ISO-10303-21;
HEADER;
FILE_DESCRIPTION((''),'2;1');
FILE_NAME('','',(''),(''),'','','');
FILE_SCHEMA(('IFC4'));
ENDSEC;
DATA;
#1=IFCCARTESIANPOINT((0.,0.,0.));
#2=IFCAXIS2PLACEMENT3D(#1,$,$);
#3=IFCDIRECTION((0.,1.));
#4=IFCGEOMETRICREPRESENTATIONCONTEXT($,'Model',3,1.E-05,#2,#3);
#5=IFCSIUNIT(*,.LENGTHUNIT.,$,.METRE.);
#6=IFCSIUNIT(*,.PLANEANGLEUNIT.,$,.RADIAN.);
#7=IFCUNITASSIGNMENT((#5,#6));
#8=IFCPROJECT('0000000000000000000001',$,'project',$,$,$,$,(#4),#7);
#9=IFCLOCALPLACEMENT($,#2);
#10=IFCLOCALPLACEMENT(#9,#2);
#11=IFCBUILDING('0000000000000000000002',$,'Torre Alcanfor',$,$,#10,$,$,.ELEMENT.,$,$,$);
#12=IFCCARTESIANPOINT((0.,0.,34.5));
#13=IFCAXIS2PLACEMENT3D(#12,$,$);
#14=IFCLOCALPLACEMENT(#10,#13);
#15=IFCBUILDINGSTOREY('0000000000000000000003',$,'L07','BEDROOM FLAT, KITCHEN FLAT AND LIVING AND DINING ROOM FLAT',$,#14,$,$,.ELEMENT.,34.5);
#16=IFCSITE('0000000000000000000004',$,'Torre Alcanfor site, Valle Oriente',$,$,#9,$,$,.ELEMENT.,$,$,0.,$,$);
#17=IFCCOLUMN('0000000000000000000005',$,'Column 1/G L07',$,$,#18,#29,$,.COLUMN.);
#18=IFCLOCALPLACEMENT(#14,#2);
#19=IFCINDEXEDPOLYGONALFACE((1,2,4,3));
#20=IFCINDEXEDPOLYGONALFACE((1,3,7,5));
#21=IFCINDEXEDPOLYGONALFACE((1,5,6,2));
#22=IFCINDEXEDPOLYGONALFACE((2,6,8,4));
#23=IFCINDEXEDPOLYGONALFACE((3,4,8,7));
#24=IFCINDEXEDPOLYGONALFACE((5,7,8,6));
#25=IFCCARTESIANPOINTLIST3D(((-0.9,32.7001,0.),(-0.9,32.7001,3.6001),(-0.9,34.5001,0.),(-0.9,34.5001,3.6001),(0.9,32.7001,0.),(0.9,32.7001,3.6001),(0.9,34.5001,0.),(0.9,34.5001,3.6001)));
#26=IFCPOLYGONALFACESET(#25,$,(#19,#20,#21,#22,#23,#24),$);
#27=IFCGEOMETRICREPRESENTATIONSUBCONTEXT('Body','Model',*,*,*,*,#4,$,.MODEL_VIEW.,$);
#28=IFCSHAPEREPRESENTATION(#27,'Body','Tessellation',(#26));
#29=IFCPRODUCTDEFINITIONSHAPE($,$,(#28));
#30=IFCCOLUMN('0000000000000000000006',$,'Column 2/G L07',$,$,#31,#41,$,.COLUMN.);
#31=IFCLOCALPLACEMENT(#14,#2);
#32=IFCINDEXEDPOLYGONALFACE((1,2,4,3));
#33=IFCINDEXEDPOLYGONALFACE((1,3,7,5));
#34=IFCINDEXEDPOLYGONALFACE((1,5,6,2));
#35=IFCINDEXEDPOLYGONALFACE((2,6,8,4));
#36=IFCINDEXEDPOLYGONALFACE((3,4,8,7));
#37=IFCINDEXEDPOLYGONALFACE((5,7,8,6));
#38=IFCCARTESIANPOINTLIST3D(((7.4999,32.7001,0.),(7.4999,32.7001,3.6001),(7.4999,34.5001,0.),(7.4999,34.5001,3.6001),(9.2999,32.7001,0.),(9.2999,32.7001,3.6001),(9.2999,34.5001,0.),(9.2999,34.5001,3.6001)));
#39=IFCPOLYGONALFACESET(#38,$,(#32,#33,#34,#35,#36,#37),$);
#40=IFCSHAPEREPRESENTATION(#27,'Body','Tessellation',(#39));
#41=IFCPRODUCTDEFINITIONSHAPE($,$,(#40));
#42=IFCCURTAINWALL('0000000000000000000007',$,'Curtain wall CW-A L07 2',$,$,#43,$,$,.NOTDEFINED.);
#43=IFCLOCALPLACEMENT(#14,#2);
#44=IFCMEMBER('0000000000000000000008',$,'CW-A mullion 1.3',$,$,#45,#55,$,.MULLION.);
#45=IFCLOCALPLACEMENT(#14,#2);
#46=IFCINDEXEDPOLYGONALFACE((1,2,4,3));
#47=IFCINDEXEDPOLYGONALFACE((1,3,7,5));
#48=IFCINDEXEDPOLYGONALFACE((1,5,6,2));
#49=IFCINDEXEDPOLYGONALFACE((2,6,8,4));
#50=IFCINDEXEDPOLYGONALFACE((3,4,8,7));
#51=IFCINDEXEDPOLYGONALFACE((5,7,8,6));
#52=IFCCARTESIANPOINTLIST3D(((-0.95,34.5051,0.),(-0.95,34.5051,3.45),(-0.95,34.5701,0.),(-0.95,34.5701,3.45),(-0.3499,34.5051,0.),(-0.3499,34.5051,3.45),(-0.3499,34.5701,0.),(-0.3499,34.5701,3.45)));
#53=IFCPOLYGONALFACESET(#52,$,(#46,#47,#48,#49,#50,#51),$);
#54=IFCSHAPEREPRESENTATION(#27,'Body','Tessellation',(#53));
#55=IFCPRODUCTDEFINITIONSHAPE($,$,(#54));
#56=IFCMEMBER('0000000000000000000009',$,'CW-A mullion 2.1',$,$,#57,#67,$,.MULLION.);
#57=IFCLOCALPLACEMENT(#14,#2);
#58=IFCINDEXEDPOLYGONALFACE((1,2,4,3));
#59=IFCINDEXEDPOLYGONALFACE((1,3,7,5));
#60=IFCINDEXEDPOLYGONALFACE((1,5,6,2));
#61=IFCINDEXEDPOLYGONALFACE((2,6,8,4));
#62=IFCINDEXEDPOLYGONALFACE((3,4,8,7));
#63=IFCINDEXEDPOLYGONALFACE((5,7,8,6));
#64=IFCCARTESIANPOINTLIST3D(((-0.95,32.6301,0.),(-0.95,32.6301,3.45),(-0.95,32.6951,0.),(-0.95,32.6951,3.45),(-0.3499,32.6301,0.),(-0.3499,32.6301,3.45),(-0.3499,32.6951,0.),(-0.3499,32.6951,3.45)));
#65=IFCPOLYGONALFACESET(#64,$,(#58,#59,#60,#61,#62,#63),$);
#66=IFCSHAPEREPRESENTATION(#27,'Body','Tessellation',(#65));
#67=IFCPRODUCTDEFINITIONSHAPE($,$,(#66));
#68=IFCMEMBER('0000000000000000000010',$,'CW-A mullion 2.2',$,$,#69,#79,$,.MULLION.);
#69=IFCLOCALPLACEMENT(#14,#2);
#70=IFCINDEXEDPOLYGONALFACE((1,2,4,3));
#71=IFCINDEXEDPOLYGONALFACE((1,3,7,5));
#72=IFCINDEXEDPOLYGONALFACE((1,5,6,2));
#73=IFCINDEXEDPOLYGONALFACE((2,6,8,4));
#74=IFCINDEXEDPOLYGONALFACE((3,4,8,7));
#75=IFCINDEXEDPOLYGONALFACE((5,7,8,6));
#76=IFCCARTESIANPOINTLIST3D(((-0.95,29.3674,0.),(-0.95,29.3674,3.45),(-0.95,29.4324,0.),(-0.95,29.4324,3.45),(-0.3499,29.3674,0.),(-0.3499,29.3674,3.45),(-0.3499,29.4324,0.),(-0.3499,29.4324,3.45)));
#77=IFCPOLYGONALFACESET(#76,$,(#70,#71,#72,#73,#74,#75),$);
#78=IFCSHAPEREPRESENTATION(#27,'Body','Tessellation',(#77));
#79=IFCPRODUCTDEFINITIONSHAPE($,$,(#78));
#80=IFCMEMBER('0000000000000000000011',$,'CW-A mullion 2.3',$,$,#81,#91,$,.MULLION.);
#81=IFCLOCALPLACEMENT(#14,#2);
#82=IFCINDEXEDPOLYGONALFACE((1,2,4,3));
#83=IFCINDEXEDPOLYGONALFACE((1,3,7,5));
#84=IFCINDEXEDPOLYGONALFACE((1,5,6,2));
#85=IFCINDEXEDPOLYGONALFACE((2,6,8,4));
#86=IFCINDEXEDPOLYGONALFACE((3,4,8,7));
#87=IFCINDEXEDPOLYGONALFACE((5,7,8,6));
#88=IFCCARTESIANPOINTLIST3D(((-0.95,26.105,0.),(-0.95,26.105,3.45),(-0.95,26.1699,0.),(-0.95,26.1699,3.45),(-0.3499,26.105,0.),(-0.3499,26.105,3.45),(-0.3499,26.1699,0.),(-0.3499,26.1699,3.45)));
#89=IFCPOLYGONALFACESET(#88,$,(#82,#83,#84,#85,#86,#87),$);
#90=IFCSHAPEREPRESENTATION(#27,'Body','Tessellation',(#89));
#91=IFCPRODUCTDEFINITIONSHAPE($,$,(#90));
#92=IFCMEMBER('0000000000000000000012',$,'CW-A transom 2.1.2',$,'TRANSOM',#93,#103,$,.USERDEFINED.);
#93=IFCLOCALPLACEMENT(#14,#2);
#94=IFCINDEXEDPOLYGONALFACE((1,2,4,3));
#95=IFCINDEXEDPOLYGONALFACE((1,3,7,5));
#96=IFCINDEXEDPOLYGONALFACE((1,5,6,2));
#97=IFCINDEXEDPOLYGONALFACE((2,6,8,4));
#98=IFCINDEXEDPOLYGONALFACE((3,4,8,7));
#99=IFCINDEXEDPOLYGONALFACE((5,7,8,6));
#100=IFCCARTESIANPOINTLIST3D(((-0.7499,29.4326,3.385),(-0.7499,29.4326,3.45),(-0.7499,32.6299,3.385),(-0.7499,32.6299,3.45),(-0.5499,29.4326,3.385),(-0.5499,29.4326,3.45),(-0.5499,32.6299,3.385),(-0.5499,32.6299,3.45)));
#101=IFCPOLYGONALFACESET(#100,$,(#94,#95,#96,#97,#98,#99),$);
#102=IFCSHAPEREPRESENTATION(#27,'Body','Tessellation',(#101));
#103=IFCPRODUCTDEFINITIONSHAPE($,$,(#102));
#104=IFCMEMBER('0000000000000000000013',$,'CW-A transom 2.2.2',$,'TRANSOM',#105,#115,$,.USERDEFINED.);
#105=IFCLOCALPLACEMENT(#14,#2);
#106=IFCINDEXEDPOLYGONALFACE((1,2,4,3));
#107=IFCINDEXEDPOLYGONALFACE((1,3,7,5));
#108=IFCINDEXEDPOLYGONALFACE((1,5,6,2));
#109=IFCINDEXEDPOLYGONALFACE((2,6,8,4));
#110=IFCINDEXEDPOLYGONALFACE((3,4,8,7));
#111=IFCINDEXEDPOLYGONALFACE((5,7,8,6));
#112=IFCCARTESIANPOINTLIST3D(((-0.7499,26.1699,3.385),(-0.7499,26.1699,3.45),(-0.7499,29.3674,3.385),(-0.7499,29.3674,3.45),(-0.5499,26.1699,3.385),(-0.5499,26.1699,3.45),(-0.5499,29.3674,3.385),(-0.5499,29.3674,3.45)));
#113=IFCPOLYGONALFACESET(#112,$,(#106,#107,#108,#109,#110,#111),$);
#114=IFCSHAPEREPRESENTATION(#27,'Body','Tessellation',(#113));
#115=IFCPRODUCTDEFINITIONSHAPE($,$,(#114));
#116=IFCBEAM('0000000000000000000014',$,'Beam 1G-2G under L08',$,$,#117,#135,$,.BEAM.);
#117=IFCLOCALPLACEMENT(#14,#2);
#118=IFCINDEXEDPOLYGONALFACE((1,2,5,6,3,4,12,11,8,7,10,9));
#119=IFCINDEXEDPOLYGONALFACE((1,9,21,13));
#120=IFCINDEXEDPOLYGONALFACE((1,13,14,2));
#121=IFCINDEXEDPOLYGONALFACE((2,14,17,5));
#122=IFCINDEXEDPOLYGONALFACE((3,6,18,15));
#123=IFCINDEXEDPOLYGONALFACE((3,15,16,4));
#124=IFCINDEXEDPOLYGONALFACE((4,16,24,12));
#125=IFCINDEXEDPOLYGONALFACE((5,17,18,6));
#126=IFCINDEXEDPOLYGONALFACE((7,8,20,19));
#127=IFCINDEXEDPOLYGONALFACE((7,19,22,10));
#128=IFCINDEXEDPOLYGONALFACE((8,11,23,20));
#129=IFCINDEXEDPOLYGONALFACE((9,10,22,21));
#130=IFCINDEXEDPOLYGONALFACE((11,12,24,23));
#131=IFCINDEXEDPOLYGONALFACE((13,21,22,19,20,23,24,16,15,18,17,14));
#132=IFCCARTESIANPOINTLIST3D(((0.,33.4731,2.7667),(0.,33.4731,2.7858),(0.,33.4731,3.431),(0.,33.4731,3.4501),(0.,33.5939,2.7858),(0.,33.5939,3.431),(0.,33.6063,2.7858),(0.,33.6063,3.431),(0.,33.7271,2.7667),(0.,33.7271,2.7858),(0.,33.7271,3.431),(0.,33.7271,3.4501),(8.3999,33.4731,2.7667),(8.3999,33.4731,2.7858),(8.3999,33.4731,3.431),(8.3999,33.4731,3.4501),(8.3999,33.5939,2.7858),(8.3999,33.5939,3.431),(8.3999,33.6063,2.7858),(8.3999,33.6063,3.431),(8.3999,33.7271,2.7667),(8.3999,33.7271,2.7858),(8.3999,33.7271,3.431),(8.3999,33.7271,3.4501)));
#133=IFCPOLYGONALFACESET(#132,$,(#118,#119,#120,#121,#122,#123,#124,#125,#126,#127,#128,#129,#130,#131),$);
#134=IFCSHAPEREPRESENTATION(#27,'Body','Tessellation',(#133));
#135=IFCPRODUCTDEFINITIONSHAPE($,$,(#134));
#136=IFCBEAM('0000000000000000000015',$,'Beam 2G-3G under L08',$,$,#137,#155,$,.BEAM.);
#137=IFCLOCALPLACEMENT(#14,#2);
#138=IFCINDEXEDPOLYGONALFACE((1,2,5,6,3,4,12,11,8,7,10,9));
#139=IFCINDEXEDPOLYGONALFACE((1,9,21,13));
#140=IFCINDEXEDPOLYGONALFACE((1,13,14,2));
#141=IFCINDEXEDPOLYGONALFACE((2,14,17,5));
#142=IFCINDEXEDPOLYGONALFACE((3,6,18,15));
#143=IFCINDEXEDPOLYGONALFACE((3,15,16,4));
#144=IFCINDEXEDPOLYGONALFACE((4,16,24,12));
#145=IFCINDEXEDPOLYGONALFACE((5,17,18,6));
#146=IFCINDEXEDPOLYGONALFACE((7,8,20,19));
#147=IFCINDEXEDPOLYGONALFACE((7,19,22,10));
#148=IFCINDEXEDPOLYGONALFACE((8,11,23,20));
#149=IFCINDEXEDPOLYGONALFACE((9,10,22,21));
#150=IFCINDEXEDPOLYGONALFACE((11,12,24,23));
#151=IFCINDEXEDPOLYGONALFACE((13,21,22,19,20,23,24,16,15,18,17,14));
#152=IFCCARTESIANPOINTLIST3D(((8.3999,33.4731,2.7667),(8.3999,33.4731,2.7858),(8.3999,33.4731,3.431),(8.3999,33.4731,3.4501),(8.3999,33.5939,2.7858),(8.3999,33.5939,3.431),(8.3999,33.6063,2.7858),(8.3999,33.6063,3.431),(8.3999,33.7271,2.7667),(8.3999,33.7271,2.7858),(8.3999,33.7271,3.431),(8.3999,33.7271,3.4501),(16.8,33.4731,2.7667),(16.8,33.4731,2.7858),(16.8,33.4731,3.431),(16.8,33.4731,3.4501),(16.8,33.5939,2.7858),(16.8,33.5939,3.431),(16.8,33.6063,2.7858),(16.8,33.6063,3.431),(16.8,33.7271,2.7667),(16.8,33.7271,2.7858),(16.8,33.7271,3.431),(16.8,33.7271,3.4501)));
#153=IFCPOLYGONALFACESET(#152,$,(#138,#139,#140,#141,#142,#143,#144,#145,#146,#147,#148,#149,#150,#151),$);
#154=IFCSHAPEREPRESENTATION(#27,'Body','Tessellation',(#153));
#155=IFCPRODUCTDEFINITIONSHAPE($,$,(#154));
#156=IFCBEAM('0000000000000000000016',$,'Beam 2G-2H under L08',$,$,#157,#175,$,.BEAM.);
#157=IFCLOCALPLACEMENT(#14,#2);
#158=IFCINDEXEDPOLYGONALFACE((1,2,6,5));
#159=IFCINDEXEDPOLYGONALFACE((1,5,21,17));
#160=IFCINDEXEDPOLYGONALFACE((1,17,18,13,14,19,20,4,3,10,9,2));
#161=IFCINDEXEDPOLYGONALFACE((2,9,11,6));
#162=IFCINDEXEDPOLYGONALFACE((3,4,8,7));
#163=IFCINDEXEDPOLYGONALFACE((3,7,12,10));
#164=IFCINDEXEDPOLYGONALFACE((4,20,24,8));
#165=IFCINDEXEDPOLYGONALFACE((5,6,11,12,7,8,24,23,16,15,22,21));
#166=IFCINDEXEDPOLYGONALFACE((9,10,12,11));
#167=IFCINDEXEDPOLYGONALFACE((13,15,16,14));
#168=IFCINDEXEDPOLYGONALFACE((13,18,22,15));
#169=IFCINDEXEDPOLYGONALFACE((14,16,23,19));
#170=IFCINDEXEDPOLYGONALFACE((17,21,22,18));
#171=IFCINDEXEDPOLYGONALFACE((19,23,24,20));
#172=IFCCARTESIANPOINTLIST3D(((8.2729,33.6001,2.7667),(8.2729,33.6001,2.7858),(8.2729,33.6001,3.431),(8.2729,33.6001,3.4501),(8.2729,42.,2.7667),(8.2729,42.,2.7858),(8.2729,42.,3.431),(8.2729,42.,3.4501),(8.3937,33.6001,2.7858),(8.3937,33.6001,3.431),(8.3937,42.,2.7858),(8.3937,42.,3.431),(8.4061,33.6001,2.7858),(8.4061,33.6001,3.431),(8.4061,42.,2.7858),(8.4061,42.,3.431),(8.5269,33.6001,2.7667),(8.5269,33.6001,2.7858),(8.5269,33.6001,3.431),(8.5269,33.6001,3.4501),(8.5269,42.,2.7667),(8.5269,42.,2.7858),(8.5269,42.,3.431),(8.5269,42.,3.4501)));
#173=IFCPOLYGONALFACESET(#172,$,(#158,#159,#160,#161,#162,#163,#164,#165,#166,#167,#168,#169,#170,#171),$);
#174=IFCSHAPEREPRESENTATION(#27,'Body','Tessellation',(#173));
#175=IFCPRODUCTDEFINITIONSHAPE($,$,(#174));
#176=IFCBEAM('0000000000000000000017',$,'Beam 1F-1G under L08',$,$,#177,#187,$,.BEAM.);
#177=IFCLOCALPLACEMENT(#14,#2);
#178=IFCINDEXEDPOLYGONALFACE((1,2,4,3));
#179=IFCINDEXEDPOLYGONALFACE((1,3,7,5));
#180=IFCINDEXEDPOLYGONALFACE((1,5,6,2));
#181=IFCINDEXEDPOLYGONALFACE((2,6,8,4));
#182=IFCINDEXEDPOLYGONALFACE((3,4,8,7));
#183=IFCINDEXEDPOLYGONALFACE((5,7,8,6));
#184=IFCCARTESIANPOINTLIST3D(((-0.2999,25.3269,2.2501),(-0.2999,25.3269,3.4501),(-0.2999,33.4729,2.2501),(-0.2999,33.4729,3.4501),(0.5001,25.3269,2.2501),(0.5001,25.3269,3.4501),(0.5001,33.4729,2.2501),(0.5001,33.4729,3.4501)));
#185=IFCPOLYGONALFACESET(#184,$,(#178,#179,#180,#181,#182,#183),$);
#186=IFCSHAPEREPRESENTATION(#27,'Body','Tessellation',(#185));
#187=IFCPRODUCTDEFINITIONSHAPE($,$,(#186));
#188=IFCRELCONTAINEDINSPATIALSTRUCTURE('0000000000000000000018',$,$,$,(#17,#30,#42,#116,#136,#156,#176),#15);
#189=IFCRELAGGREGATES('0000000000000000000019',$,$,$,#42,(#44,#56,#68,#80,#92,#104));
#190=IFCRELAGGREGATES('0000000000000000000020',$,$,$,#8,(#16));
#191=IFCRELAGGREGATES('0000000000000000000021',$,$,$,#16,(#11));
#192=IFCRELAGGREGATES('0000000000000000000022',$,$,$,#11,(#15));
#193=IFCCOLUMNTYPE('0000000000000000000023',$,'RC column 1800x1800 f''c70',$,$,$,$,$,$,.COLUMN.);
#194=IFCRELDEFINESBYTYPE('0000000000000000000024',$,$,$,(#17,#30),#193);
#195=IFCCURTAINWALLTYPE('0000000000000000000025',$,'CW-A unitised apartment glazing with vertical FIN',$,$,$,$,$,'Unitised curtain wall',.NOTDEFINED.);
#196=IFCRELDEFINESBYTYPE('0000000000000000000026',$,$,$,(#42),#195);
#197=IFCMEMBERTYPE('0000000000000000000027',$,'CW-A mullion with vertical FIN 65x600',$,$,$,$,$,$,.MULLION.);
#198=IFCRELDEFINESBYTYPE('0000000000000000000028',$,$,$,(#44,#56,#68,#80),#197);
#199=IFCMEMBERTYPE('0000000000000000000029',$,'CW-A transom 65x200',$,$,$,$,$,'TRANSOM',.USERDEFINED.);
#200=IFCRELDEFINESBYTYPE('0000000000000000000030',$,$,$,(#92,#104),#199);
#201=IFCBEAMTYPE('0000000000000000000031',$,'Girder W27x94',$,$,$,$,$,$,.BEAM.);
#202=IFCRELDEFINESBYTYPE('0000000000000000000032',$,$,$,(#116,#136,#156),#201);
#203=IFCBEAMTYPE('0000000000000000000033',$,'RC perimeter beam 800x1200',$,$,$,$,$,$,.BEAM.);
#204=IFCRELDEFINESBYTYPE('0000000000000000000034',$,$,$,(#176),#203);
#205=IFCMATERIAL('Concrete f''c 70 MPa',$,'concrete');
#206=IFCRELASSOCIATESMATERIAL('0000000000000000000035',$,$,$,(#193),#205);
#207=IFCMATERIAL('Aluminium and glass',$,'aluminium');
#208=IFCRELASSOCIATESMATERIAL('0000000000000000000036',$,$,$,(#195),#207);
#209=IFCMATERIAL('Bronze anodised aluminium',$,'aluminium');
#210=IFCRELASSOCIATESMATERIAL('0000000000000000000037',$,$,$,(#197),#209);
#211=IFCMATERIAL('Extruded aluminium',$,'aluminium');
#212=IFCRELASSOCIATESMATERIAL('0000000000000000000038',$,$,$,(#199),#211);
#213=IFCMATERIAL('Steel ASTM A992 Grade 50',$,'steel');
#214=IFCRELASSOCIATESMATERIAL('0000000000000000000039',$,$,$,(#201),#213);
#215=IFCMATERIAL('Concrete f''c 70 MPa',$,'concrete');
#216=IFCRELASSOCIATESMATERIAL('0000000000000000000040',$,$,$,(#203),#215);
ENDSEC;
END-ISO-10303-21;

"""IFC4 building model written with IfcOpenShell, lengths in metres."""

from ifc_helpers import new_model, si_unit, direction, frame, origin, origin_2d, place, context, subcontext, project, spatial, rectangle, i_section, extrude, material, material_profile, profile_set, type_object, element, aggregate, save


model = new_model("IFC4")

# Units and contexts
model_context = context("Model", 3, precision=1e-05, world=origin(), true_north=direction((0.0, 1.0)))
body_context = subcontext(model_context, "Body", "Model", "MODEL_VIEW")
ifc_project = project(units=[si_unit("LENGTHUNIT", "METRE"), si_unit("PLANEANGLEUNIT", "RADIAN")], contexts=[model_context])

# Site, building, storey
site_placement = place(None, origin())
site = spatial("IfcSite", under=ifc_project, at=site_placement, Name="Torre Alcanfor site, Valle Oriente", CompositionType="ELEMENT", RefElevation=0.0)
building_placement = place(site_placement, origin())
building = spatial("IfcBuilding", under=site, at=building_placement, Name="Torre Alcanfor", CompositionType="ELEMENT")
storey_placement = place(building_placement, frame((0.0, 0.0, 34.5)))
storey = spatial("IfcBuildingStorey", under=building, at=storey_placement, Name="L07", Description="BEDROOM FLAT, KITCHEN FLAT AND LIVING AND DINING ROOM FLAT", CompositionType="ELEMENT", Elevation=34.5)

# Columns
ifc_material_1 = material(Name="Concrete f'c 70 MPa", Category="concrete")
ifc_material_profile_1 = material_profile(ifc_material_1, rectangle(XDim=1.8, YDim=1.8, at=origin_2d()), Name="1800x1800")
ifc_profile_set_1 = profile_set([ifc_material_profile_1], Name="Concrete f'c 70 MPa")
column_type = type_object("IfcColumnType", Name="RC column 1800x1800 f'c70", PredefinedType="COLUMN", material=ifc_profile_set_1)
for number, where, z_axis, x_axis, name in (
    (1, (0.0, 33.6001, 0.0), (0.0, 0.0, 1.0), (1.0, 0.0, 0.0), "Column 1/G L07"),
    (2, (8.3999, 33.6001, 0.0), (0.0, 0.0, 1.0), (1.0, 0.0, 0.0), "Column 2/G L07"),
):
    element("IfcColumn", number, at=place(storey_placement, frame(where, z_axis=z_axis, x_axis=x_axis)), inside=storey, type_object=column_type, Name=name, PredefinedType="COLUMN", context=body_context, shape_type="SweptSolid", body=[
        extrude(rectangle(XDim=1.8, YDim=1.8, at=origin_2d()), origin(), (0.0, 0.0, 1.0), 3.6001),
    ])

# Curtain wall, members
ifc_material_2 = material(Name="Aluminium and glass", Category="aluminium")
curtain_wall_type = type_object("IfcCurtainWallType", Name="CW-A unitised apartment glazing with vertical FIN", ElementType="Unitised curtain wall", PredefinedType="NOTDEFINED", material=ifc_material_2)
curtain_wall_placement = place(storey_placement, origin())
curtain_wall = element("IfcCurtainWall", 3, at=curtain_wall_placement, inside=storey, type_object=curtain_wall_type, Name="Curtain wall CW-A L07 2", PredefinedType="NOTDEFINED")
ifc_material_3 = material(Name="Bronze anodised aluminium", Category="aluminium")
ifc_material_profile_2 = material_profile(ifc_material_3, rectangle(XDim=0.6001, YDim=0.0649, at=origin_2d()), Name="CW-A mullion 65x600")
ifc_profile_set_2 = profile_set([ifc_material_profile_2], Name="Bronze anodised aluminium")
member_type_1 = type_object("IfcMemberType", Name="CW-A mullion with vertical FIN 65x600", PredefinedType="MULLION", material=ifc_profile_set_2)
member_1_placement = place(storey_placement, frame((-0.6499, 34.5376, 0.0), z_axis=(0.0, 0.0, 1.0), x_axis=(1.0, 0.0, 0.0)))
member_1 = element("IfcMember", 4, at=member_1_placement, type_object=member_type_1, Name="CW-A mullion 1.3", PredefinedType="MULLION", context=body_context, shape_type="SweptSolid", body=[
    extrude(rectangle(XDim=0.6001, YDim=0.0649, at=origin_2d()), origin(), (0.0, 0.0, 1.0), 3.45),
])
member_2_placement = place(storey_placement, frame((-0.6499, 32.6626, 0.0), z_axis=(0.0, 0.0, 1.0), x_axis=(1.0, 0.0, 0.0)))
member_2 = element("IfcMember", 5, at=member_2_placement, type_object=member_type_1, Name="CW-A mullion 2.1", PredefinedType="MULLION", context=body_context, shape_type="SweptSolid", body=[
    extrude(rectangle(XDim=0.6001, YDim=0.0649, at=origin_2d()), origin(), (0.0, 0.0, 1.0), 3.45),
])
member_3_placement = place(storey_placement, frame((-0.6499, 29.3999, 0.0), z_axis=(0.0, 0.0, 1.0), x_axis=(1.0, 0.0, 0.0)))
member_3 = element("IfcMember", 6, at=member_3_placement, type_object=member_type_1, Name="CW-A mullion 2.2", PredefinedType="MULLION", context=body_context, shape_type="SweptSolid", body=[
    extrude(rectangle(XDim=0.6001, YDim=0.0649, at=origin_2d()), origin(), (0.0, 0.0, 1.0), 3.45),
])
member_4_placement = place(storey_placement, frame((-0.6499, 26.1375, 0.0), z_axis=(0.0, 0.0, 1.0), x_axis=(1.0, 0.0, 0.0)))
member_4 = element("IfcMember", 7, at=member_4_placement, type_object=member_type_1, Name="CW-A mullion 2.3", PredefinedType="MULLION", context=body_context, shape_type="SweptSolid", body=[
    extrude(rectangle(XDim=0.6001, YDim=0.0649, at=origin_2d()), origin(), (0.0, 0.0, 1.0), 3.45),
])
ifc_material_4 = material(Name="Extruded aluminium", Category="aluminium")
ifc_material_profile_3 = material_profile(ifc_material_4, rectangle(XDim=0.2, YDim=0.0649, at=origin_2d()), Name="CW-A transom 200x65")
ifc_profile_set_3 = profile_set([ifc_material_profile_3], Name="Extruded aluminium")
member_type_2 = type_object("IfcMemberType", Name="CW-A transom 65x200", ElementType="TRANSOM", PredefinedType="USERDEFINED", material=ifc_profile_set_3)
member_5_placement = place(storey_placement, frame((-0.6499, 32.6299, 3.4175), z_axis=(0.0, -1.0, 0.0), x_axis=(1.0, 0.0, 0.0)))
member_5 = element("IfcMember", 8, at=member_5_placement, type_object=member_type_2, Name="CW-A transom 2.1.2", ObjectType="TRANSOM", PredefinedType="USERDEFINED", context=body_context, shape_type="SweptSolid", body=[
    extrude(rectangle(XDim=0.2, YDim=0.0649, at=origin_2d()), origin(), (0.0, 0.0, 1.0), 3.1973),
])
member_6_placement = place(storey_placement, frame((-0.6499, 29.3674, 3.4175), z_axis=(0.0, -1.0, 0.0), x_axis=(1.0, 0.0, 0.0)))
member_6 = element("IfcMember", 9, at=member_6_placement, type_object=member_type_2, Name="CW-A transom 2.2.2", ObjectType="TRANSOM", PredefinedType="USERDEFINED", context=body_context, shape_type="SweptSolid", body=[
    extrude(rectangle(XDim=0.2, YDim=0.0649, at=origin_2d()), origin(), (0.0, 0.0, 1.0), 3.1975),
])

# Beams
ifc_material_5 = material(Name="Steel ASTM A992 Grade 50", Category="steel")
ifc_material_profile_4 = material_profile(ifc_material_5, i_section(OverallWidth=0.2539, OverallDepth=0.6833, WebThickness=0.0125, FlangeThickness=0.019, at=origin_2d()), Name="W27x94")
ifc_profile_set_4 = profile_set([ifc_material_profile_4], Name="Steel ASTM A992 Grade 50")
beam_type_1 = type_object("IfcBeamType", Name="Girder W27x94", PredefinedType="BEAM", material=ifc_profile_set_4)
beam_1_placement = place(storey_placement, frame((0.0, 33.6001, 3.1084), z_axis=(1.0, 0.0, 0.0), x_axis=(0.0, 1.0, 0.0)))
element("IfcBeam", 10, at=beam_1_placement, inside=storey, type_object=beam_type_1, Name="Beam 1G-2G under L08", PredefinedType="BEAM", context=body_context, shape_type="SweptSolid", body=[
    extrude(i_section(OverallWidth=0.2539, OverallDepth=0.6833, WebThickness=0.0125, FlangeThickness=0.019, at=origin_2d()), origin(), (0.0, 0.0, 1.0), 8.3999),
])
beam_2_placement = place(storey_placement, frame((8.3999, 33.6001, 3.1084), z_axis=(1.0, 0.0, 0.0), x_axis=(0.0, 1.0, 0.0)))
element("IfcBeam", 11, at=beam_2_placement, inside=storey, type_object=beam_type_1, Name="Beam 2G-3G under L08", PredefinedType="BEAM", context=body_context, shape_type="SweptSolid", body=[
    extrude(i_section(OverallWidth=0.2539, OverallDepth=0.6833, WebThickness=0.0125, FlangeThickness=0.019, at=origin_2d()), origin(), (0.0, 0.0, 1.0), 8.4001),
])
beam_3_placement = place(storey_placement, frame((8.3999, 33.6001, 3.1084), z_axis=(0.0, 1.0, 0.0), x_axis=(-1.0, 0.0, 0.0)))
element("IfcBeam", 12, at=beam_3_placement, inside=storey, type_object=beam_type_1, Name="Beam 2G-2H under L08", PredefinedType="BEAM", context=body_context, shape_type="SweptSolid", body=[
    extrude(i_section(OverallWidth=0.2539, OverallDepth=0.6833, WebThickness=0.0125, FlangeThickness=0.019, at=origin_2d()), origin(), (0.0, 0.0, 1.0), 8.3999),
])
ifc_material_6 = material(Name="Concrete f'c 70 MPa", Category="concrete")
ifc_material_profile_5 = material_profile(ifc_material_6, rectangle(XDim=0.8, YDim=1.2, at=origin_2d()), Name="800x1200")
ifc_profile_set_5 = profile_set([ifc_material_profile_5], Name="Concrete f'c 70 MPa")
beam_type_2 = type_object("IfcBeamType", Name="RC perimeter beam 800x1200", PredefinedType="BEAM", material=ifc_profile_set_5)
beam_4_placement = place(storey_placement, frame((0.1001, 25.3269, 2.8501), z_axis=(0.0, 1.0, 0.0), x_axis=(-1.0, 0.0, 0.0)))
element("IfcBeam", 13, at=beam_4_placement, inside=storey, type_object=beam_type_2, Name="Beam 1F-1G under L08", PredefinedType="BEAM", context=body_context, shape_type="SweptSolid", body=[
    extrude(rectangle(XDim=0.8, YDim=1.2, at=origin_2d()), origin(), (0.0, 0.0, 1.0), 8.146),
])

aggregate(curtain_wall, [member_1, member_2, member_3, member_4, member_5, member_6])

save(model, "model.ifc")
